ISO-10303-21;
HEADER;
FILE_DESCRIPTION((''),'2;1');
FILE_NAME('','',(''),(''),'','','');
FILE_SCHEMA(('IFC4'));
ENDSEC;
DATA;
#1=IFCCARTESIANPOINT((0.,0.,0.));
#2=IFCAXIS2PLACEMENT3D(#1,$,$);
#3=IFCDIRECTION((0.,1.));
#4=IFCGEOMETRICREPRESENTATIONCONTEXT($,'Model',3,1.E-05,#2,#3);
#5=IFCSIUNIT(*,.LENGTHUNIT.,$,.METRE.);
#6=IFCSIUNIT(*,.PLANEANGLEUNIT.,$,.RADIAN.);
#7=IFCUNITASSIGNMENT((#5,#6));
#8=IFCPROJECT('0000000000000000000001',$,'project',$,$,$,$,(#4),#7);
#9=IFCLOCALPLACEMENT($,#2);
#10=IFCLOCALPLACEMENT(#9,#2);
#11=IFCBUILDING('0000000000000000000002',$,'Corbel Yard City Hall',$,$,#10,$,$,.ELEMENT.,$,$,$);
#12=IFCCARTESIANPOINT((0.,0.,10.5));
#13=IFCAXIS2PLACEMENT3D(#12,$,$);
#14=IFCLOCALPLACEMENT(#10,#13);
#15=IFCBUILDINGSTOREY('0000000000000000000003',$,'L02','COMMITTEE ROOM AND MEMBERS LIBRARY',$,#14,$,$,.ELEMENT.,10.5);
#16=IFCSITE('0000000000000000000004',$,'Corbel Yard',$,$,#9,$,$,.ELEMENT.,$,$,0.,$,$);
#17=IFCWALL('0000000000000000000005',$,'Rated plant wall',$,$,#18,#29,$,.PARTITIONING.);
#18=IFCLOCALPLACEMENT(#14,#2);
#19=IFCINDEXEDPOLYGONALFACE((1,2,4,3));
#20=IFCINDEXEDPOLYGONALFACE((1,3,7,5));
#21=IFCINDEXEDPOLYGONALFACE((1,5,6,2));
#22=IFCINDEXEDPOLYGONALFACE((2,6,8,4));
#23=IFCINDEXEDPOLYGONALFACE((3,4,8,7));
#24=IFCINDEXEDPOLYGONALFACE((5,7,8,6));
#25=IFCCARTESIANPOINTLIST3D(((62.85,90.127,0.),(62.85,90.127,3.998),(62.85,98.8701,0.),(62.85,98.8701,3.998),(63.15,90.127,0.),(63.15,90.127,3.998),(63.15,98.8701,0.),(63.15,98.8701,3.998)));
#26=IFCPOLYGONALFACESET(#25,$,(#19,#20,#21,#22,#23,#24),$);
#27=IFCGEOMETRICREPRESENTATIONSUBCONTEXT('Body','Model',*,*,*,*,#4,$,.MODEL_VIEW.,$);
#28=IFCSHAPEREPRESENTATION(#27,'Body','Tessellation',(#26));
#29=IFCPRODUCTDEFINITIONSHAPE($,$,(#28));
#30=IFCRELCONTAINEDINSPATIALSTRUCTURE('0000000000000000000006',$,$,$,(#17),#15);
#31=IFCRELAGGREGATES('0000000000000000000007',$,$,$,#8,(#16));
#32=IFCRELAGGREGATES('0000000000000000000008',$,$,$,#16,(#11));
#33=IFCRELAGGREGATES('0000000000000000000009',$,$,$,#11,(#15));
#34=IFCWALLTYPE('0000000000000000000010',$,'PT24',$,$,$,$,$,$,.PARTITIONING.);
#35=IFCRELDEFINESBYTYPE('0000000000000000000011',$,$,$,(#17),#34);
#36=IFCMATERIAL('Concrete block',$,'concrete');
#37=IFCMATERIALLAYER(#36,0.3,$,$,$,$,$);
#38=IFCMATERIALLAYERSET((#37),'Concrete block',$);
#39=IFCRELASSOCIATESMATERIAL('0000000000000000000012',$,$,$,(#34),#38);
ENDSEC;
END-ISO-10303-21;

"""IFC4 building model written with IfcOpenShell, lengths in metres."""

from ifc_helpers import new_model, si_unit, direction, frame, frame_2d, origin, place, context, subcontext, project, spatial, rectangle, extrude, material, layer, layer_set, type_object, element, save


model = new_model("IFC4")

# Units and contexts
model_context = context("Model", 3, precision=1e-05, world=origin(), true_north=direction((0.0, 1.0)))
body_context = subcontext(model_context, "Body", "Model", "MODEL_VIEW")
ifc_project = project(units=[si_unit("LENGTHUNIT", "METRE"), si_unit("PLANEANGLEUNIT", "RADIAN")], contexts=[model_context])

# Site, building, storey
site_placement = place(None, origin())
site = spatial("IfcSite", under=ifc_project, at=site_placement, Name="Corbel Yard", CompositionType="ELEMENT", RefElevation=0.0)
building_placement = place(site_placement, origin())
building = spatial("IfcBuilding", under=site, at=building_placement, Name="Corbel Yard City Hall", CompositionType="ELEMENT")
storey_placement = place(building_placement, frame((0.0, 0.0, 10.5)))
storey = spatial("IfcBuildingStorey", under=building, at=storey_placement, Name="L02", Description="COMMITTEE ROOM AND MEMBERS LIBRARY", CompositionType="ELEMENT", Elevation=10.5)

# Wall
ifc_material_1 = material(Name="Concrete block", Category="concrete")
ifc_layer_1 = layer(ifc_material_1, 0.3)
ifc_layer_set_1 = layer_set([ifc_layer_1], Name="Concrete block")
wall_type_1 = type_object("IfcWallType", Name="PT24", PredefinedType="PARTITIONING", material=ifc_layer_set_1)
wall_1_placement = place(storey_placement, frame((63.0, 90.127, 0.0), z_axis=(0.0, 0.0, 1.0), x_axis=(0.0, 1.0, 0.0)))
element("IfcWall", 1, at=wall_1_placement, inside=storey, type_object=wall_type_1, Name="Rated plant wall", PredefinedType="PARTITIONING", context=body_context, shape_type="SweptSolid", body=[
    extrude(rectangle(XDim=8.7432, YDim=0.3, at=frame_2d((4.3716, 0.0))), origin(), (0.0, 0.0, 1.0), 3.998),
])

save(model, "model.ifc")
